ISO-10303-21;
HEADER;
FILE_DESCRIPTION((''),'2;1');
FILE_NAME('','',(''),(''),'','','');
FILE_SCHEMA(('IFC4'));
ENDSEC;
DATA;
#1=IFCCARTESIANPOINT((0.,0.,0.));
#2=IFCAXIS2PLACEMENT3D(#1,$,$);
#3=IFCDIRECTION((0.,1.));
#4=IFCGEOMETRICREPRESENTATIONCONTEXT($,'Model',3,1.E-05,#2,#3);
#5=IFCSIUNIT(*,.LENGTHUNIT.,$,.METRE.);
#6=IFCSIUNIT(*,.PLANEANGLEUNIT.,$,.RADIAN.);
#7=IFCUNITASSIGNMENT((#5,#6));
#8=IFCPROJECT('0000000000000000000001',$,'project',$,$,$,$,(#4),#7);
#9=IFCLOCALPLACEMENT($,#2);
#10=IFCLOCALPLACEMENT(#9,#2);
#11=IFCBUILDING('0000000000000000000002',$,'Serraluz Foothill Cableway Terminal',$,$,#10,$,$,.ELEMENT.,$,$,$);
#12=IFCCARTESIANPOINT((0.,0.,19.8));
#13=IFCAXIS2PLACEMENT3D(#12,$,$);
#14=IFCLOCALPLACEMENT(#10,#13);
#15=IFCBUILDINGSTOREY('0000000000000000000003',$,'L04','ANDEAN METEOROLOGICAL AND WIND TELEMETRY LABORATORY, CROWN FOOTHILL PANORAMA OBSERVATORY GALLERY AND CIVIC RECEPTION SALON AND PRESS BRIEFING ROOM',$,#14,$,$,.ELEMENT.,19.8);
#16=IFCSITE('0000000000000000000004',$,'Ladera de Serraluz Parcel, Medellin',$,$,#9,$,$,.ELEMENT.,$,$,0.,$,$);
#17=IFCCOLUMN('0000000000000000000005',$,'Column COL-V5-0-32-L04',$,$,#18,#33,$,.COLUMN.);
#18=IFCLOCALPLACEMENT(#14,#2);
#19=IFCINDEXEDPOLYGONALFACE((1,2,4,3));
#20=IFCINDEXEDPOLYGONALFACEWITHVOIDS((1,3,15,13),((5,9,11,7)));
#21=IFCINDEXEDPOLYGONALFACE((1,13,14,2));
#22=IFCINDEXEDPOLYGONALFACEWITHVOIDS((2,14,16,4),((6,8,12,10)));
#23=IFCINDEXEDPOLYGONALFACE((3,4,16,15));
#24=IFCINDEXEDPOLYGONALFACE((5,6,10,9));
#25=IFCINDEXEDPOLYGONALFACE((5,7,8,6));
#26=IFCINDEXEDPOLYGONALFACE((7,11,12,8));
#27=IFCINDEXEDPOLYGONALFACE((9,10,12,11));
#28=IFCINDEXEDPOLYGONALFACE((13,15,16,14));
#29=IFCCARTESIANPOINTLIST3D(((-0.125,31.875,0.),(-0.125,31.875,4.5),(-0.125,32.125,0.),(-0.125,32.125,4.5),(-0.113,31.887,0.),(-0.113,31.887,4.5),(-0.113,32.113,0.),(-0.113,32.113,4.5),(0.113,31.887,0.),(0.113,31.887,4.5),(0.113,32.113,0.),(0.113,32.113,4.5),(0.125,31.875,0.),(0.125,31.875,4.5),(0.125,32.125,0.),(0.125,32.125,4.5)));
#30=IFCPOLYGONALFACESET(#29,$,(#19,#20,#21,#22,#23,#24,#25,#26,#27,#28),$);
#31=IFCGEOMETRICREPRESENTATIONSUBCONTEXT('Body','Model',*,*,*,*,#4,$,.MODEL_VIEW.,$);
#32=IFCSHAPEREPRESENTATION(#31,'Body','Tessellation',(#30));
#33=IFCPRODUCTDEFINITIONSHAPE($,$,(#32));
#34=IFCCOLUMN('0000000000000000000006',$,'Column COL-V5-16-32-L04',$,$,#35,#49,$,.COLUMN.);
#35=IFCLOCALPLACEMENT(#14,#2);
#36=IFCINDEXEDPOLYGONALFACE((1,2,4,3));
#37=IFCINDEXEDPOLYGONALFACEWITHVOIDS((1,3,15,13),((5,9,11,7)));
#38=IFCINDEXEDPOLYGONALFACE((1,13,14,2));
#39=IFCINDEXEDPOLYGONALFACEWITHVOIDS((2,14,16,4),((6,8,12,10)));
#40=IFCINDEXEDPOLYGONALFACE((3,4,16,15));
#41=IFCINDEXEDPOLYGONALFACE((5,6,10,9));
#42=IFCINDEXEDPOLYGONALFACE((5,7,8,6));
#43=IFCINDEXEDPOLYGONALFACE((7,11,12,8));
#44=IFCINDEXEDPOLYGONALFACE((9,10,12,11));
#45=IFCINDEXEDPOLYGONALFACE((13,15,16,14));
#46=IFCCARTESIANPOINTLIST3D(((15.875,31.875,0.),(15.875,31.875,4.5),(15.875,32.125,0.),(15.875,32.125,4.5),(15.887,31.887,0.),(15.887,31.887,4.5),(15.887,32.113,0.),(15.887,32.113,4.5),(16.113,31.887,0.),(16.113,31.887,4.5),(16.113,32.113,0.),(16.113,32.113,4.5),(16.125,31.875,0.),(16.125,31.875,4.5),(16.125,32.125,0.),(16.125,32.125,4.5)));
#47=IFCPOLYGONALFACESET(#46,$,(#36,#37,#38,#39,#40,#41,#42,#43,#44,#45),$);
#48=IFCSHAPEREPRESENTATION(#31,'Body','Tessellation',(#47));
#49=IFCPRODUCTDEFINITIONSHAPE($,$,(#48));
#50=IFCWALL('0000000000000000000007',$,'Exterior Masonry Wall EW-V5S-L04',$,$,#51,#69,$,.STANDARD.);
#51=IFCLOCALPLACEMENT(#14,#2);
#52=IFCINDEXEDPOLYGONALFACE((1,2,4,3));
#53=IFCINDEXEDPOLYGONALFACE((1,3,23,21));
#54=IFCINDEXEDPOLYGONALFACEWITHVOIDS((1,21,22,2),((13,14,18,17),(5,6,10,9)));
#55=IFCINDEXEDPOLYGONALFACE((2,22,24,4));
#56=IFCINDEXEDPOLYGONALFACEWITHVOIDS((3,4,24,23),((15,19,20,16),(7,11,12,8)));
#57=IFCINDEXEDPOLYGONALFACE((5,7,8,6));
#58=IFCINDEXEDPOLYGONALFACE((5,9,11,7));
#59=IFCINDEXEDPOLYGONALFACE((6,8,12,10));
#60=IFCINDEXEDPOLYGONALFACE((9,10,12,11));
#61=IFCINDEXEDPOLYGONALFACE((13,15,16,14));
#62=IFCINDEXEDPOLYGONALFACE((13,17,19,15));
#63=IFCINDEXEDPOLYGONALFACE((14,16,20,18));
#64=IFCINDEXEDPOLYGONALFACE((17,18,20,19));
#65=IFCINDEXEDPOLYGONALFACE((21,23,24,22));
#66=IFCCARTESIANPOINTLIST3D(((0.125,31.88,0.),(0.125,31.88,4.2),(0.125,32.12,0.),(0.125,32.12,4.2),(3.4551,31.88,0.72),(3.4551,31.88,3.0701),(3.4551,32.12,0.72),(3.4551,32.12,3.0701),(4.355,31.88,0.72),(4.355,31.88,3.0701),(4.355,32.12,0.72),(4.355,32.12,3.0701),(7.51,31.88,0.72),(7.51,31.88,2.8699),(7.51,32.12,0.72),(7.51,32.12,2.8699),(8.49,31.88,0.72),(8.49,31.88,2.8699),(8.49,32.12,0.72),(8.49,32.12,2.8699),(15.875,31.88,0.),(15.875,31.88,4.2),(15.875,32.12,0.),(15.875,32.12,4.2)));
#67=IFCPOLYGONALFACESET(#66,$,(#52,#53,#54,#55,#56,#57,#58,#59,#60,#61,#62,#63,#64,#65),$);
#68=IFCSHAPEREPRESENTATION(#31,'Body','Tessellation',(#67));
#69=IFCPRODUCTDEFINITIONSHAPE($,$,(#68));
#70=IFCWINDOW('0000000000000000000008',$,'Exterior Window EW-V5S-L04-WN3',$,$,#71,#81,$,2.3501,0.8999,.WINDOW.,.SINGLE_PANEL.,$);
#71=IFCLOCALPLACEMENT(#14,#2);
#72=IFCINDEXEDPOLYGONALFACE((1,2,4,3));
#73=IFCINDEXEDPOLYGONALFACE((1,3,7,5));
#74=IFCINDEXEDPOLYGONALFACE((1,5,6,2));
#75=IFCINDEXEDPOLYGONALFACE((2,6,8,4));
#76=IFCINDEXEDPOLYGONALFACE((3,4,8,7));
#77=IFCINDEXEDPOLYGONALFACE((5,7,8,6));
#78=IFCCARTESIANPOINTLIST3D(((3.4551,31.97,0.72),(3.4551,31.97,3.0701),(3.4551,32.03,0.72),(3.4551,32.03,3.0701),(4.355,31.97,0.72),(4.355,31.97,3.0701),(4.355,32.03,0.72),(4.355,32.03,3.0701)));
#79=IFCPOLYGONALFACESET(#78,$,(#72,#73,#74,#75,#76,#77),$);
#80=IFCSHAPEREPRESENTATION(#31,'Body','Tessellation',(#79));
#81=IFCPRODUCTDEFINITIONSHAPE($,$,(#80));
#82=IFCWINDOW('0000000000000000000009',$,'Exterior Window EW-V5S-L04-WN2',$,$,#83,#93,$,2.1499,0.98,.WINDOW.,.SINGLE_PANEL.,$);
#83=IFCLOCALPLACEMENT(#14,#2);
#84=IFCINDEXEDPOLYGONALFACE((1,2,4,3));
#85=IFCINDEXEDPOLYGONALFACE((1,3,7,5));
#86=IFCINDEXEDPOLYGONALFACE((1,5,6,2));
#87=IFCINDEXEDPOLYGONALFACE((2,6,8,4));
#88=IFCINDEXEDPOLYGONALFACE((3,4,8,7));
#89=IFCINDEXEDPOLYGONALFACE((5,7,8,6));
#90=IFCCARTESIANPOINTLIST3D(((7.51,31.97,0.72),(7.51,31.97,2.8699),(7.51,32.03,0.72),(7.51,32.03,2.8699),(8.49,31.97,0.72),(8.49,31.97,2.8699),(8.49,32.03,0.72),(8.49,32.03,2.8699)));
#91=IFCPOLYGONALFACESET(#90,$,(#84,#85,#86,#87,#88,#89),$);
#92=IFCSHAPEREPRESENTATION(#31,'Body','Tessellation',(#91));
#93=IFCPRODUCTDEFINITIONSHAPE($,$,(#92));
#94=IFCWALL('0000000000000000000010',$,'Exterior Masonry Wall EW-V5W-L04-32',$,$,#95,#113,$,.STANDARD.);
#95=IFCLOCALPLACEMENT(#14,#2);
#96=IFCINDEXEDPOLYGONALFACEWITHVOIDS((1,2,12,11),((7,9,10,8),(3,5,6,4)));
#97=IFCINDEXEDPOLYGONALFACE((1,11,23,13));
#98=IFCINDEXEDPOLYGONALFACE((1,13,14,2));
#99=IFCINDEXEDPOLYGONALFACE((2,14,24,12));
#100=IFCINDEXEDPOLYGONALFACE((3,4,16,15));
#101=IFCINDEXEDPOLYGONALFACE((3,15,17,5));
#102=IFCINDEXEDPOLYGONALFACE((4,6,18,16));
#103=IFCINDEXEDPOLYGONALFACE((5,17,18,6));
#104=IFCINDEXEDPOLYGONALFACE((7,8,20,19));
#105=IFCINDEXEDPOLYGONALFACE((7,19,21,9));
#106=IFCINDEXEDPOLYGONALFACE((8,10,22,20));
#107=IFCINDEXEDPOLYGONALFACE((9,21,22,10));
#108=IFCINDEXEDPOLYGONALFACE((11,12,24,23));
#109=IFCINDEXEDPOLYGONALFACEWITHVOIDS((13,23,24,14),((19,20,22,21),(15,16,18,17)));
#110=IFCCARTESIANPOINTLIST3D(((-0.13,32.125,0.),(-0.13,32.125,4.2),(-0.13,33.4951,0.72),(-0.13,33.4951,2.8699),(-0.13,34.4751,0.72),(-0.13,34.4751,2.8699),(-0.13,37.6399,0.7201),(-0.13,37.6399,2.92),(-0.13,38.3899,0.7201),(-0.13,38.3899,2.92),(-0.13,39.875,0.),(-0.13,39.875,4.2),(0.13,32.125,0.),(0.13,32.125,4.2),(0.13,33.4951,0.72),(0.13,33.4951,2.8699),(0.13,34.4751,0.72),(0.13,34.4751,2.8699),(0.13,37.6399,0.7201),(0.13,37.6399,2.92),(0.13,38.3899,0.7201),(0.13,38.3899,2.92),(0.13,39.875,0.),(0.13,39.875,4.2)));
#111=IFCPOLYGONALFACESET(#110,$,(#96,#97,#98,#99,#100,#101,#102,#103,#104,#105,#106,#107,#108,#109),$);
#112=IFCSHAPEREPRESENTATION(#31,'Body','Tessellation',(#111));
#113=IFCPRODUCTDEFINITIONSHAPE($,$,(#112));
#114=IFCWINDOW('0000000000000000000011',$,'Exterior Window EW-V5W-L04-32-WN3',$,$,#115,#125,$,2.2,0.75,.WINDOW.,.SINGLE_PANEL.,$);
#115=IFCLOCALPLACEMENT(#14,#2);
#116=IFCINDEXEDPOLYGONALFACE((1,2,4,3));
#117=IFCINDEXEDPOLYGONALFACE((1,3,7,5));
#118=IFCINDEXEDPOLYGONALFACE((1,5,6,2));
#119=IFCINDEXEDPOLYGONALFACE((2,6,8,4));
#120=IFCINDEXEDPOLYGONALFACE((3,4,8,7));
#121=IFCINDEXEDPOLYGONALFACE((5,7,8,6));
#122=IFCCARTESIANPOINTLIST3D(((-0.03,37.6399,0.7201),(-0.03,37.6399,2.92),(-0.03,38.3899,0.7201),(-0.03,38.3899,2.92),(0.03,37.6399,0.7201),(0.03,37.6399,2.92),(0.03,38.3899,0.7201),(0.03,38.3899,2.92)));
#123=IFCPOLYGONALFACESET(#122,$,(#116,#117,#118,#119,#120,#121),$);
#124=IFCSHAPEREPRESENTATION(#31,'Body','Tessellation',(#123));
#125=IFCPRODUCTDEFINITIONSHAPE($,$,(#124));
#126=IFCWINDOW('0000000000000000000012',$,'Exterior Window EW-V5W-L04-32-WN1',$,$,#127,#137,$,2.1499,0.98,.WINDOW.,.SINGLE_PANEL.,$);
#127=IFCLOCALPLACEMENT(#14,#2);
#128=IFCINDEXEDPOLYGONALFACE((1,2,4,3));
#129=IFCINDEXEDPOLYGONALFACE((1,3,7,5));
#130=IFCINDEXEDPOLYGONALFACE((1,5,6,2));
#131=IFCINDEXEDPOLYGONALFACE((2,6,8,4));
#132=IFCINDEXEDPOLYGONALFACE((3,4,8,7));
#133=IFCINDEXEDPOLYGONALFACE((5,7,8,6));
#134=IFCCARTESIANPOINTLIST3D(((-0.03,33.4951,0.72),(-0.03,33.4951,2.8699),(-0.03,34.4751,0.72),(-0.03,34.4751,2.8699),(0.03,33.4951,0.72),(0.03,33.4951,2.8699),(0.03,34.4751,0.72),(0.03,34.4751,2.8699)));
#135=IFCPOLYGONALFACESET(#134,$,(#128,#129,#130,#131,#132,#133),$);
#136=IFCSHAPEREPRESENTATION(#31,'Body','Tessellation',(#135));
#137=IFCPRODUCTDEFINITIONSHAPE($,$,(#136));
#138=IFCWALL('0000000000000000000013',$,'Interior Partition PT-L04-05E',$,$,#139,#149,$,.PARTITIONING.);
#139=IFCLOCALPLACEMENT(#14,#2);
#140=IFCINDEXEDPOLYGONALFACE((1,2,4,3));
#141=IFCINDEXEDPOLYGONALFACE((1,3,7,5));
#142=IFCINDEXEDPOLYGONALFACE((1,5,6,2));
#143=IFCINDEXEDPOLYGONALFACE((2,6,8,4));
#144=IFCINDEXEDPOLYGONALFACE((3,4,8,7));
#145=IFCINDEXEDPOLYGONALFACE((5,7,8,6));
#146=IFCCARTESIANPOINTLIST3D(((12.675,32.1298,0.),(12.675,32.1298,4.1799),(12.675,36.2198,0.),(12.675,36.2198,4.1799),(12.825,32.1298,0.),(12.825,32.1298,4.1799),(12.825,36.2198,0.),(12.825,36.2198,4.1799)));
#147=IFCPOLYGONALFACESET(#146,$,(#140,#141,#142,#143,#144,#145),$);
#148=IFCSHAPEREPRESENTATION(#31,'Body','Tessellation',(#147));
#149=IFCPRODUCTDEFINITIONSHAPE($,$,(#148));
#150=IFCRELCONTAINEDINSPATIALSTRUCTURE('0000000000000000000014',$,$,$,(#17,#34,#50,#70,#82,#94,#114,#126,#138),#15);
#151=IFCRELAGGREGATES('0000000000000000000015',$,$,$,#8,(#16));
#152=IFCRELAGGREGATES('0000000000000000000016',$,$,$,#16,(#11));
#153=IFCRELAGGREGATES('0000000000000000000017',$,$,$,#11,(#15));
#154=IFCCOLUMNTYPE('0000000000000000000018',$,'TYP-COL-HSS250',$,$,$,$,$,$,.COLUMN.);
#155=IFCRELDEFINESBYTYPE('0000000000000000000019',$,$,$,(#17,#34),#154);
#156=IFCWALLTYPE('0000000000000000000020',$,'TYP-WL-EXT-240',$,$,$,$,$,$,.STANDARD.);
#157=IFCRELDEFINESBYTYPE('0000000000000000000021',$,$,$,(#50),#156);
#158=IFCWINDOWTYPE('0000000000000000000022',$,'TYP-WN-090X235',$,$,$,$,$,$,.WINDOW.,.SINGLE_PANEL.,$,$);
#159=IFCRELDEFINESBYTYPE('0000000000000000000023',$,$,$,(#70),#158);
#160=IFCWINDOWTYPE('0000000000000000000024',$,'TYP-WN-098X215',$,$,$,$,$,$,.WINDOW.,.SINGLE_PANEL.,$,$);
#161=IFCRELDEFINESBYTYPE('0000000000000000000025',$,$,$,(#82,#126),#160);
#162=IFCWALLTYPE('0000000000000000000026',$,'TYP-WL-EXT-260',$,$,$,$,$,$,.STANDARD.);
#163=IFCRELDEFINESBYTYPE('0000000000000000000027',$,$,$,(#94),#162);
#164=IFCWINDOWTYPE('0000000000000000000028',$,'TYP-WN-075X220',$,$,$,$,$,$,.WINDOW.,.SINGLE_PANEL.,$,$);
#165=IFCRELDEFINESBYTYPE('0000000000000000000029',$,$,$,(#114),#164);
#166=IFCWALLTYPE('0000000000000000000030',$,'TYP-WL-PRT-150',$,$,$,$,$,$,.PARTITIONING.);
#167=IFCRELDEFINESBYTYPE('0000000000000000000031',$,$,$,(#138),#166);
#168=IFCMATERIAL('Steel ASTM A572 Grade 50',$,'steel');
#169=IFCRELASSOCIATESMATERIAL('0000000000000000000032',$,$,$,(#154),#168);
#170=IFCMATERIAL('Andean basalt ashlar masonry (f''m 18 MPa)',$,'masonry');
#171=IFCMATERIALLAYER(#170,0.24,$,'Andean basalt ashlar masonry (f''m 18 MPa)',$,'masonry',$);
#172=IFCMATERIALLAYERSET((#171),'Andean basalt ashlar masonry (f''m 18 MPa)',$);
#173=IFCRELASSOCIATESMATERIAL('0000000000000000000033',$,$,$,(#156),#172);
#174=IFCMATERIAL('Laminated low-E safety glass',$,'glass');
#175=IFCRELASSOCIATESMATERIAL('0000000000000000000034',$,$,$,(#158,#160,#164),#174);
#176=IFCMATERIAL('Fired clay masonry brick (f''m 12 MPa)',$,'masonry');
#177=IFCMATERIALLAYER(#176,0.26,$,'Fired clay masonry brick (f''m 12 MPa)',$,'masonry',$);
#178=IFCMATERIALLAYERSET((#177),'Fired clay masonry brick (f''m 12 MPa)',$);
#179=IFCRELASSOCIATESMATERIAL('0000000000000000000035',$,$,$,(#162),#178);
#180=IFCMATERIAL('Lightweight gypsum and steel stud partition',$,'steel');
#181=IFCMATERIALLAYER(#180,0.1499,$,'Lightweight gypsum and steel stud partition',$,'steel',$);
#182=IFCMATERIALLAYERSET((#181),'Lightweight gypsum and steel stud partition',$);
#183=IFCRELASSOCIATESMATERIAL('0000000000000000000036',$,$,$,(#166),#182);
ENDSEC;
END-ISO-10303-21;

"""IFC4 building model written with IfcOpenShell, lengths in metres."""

from ifc_helpers import new_model, si_unit, direction, frame, frame_2d, origin, origin_2d, place, context, subcontext, project, spatial, rectangle, hollow_rectangle, extrude, material, layer, layer_set, material_profile, profile_set, type_object, element, fill, save


model = new_model("IFC4")

# Units and contexts
model_context = context("Model", 3, precision=1e-05, world=origin(), true_north=direction((0.0, 1.0)))
body_context = subcontext(model_context, "Body", "Model", "MODEL_VIEW")
ifc_project = project(units=[si_unit("LENGTHUNIT", "METRE"), si_unit("PLANEANGLEUNIT", "RADIAN")], contexts=[model_context])

# Site, building, storey
site_placement = place(None, origin())
site = spatial("IfcSite", under=ifc_project, at=site_placement, Name="Ladera de Serraluz Parcel, Medellin", CompositionType="ELEMENT", RefElevation=0.0)
building_placement = place(site_placement, origin())
building = spatial("IfcBuilding", under=site, at=building_placement, Name="Serraluz Foothill Cableway Terminal", CompositionType="ELEMENT")
storey_placement = place(building_placement, frame((0.0, 0.0, 19.8)))
storey = spatial("IfcBuildingStorey", under=building, at=storey_placement, Name="L04", Description="ANDEAN METEOROLOGICAL AND WIND TELEMETRY LABORATORY, CROWN FOOTHILL PANORAMA OBSERVATORY GALLERY AND CIVIC RECEPTION SALON AND PRESS BRIEFING ROOM", CompositionType="ELEMENT", Elevation=19.8)

# Columns
ifc_material_1 = material(Name="Steel ASTM A572 Grade 50", Category="steel")
ifc_material_profile = material_profile(ifc_material_1, hollow_rectangle(XDim=0.25, YDim=0.25, WallThickness=0.012, at=origin_2d()), Name="HSS250X250X12")
ifc_profile_set = profile_set([ifc_material_profile], Name="Steel ASTM A572 Grade 50")
column_type = type_object("IfcColumnType", Name="TYP-COL-HSS250", PredefinedType="COLUMN", material=ifc_profile_set)
for number, where, z_axis, x_axis, name in (
    (1, (0.0, 32.0, 0.0), (0.0, 0.0, 1.0), (1.0, 0.0, 0.0), "Column COL-V5-0-32-L04"),
    (2, (16.0, 32.0, 0.0), (0.0, 0.0, 1.0), (1.0, 0.0, 0.0), "Column COL-V5-16-32-L04"),
):
    element("IfcColumn", number, at=place(storey_placement, frame(where, z_axis=z_axis, x_axis=x_axis)), inside=storey, type_object=column_type, Name=name, PredefinedType="COLUMN", context=body_context, shape_type="SweptSolid", body=[
        extrude(hollow_rectangle(XDim=0.25, YDim=0.25, WallThickness=0.012, at=origin_2d()), origin(), (0.0, 0.0, 1.0), 4.5),
    ])

# Walls, openings, windows
ifc_material_2 = material(Name="Andean basalt ashlar masonry (f'm 18 MPa)", Category="masonry")
ifc_layer_1 = layer(ifc_material_2, 0.24, Name="Andean basalt ashlar masonry (f'm 18 MPa)", Category="masonry")
ifc_layer_set_1 = layer_set([ifc_layer_1], Name="Andean basalt ashlar masonry (f'm 18 MPa)")
wall_type_1 = type_object("IfcWallType", Name="TYP-WL-EXT-240", PredefinedType="STANDARD", material=ifc_layer_set_1)
wall_1_placement = place(storey_placement, frame((15.875, 32.0, 0.0), z_axis=(0.0, 0.0, 1.0), x_axis=(-1.0, 0.0, 0.0)))
wall_1 = element("IfcWall", 3, at=wall_1_placement, inside=storey, type_object=wall_type_1, Name="Exterior Masonry Wall EW-V5S-L04", PredefinedType="STANDARD", context=body_context, shape_type="SweptSolid", body=[
    extrude(rectangle(XDim=15.75, YDim=0.24, at=frame_2d((7.875, 0.0))), origin(), (0.0, 0.0, 1.0), 4.2),
])
opening_1_placement = place(wall_1_placement, frame((7.385, 0.0, 0.72)))
opening_1 = element("IfcOpeningElement", 4, at=opening_1_placement, cuts=wall_1, PredefinedType="OPENING", context=body_context, shape_type="SweptSolid", body=[
    extrude(rectangle(XDim=0.98, YDim=2.1499, at=frame_2d((0.49, 1.075))), frame((0.0, 0.1299, 0.0), z_axis=(0.0, -1.0, 0.0), x_axis=(1.0, 0.0, 0.0)), (0.0, 0.0, 1.0), 0.26),
])
opening_2_placement = place(wall_1_placement, frame((11.52, 0.0, 0.72)))
opening_2 = element("IfcOpeningElement", 5, at=opening_2_placement, cuts=wall_1, PredefinedType="OPENING", context=body_context, shape_type="SweptSolid", body=[
    extrude(rectangle(XDim=0.8999, YDim=2.3501, at=frame_2d((0.45, 1.175))), frame((0.0, 0.1299, 0.0), z_axis=(0.0, -1.0, 0.0), x_axis=(1.0, 0.0, 0.0)), (0.0, 0.0, 1.0), 0.26),
])
ifc_material_3 = material(Name="Laminated low-E safety glass", Category="glass")
window_type_1 = type_object("IfcWindowType", Name="TYP-WN-090X235", PartitioningType="SINGLE_PANEL", PredefinedType="WINDOW", material=ifc_material_3)
window_1_placement = place(opening_2_placement, origin())
window_1 = element("IfcWindow", 6, at=window_1_placement, inside=storey, type_object=window_type_1, Name="Exterior Window EW-V5S-L04-WN3", OverallHeight=2.3501, OverallWidth=0.8999, PartitioningType="SINGLE_PANEL", PredefinedType="WINDOW", context=body_context, shape_type="SweptSolid", body=[
    extrude(rectangle(XDim=0.8999, YDim=2.3501, at=frame_2d((0.45, 1.175))), frame((0.0, 0.03, 0.0), z_axis=(0.0, -1.0, 0.0), x_axis=(1.0, 0.0, 0.0)), (0.0, 0.0, 1.0), 0.0601),
])
fill(opening_2, window_1)
window_type_2 = type_object("IfcWindowType", Name="TYP-WN-098X215", PartitioningType="SINGLE_PANEL", PredefinedType="WINDOW", material=ifc_material_3)
window_2_placement = place(opening_1_placement, origin())
window_2 = element("IfcWindow", 7, at=window_2_placement, inside=storey, type_object=window_type_2, Name="Exterior Window EW-V5S-L04-WN2", OverallHeight=2.1499, OverallWidth=0.98, PartitioningType="SINGLE_PANEL", PredefinedType="WINDOW", context=body_context, shape_type="SweptSolid", body=[
    extrude(rectangle(XDim=0.98, YDim=2.1499, at=frame_2d((0.49, 1.075))), frame((0.0, 0.03, 0.0), z_axis=(0.0, -1.0, 0.0), x_axis=(1.0, 0.0, 0.0)), (0.0, 0.0, 1.0), 0.0601),
])
fill(opening_1, window_2)
ifc_material_4 = material(Name="Fired clay masonry brick (f'm 12 MPa)", Category="masonry")
ifc_layer_2 = layer(ifc_material_4, 0.26, Name="Fired clay masonry brick (f'm 12 MPa)", Category="masonry")
ifc_layer_set_2 = layer_set([ifc_layer_2], Name="Fired clay masonry brick (f'm 12 MPa)")
wall_type_2 = type_object("IfcWallType", Name="TYP-WL-EXT-260", PredefinedType="STANDARD", material=ifc_layer_set_2)
wall_2_placement = place(storey_placement, frame((0.0, 32.125, 0.0), z_axis=(0.0, 0.0, 1.0), x_axis=(0.0, 1.0, 0.0)))
wall_2 = element("IfcWall", 8, at=wall_2_placement, inside=storey, type_object=wall_type_2, Name="Exterior Masonry Wall EW-V5W-L04-32", PredefinedType="STANDARD", context=body_context, shape_type="SweptSolid", body=[
    extrude(rectangle(XDim=7.75, YDim=0.26, at=frame_2d((3.875, 0.0))), origin(), (0.0, 0.0, 1.0), 4.2),
])
opening_3_placement = place(wall_2_placement, frame((1.3701, 0.0, 0.72)))
opening_3 = element("IfcOpeningElement", 9, at=opening_3_placement, cuts=wall_2, PredefinedType="OPENING", context=body_context, shape_type="SweptSolid", body=[
    extrude(rectangle(XDim=0.98, YDim=2.1499, at=frame_2d((0.49, 1.075))), frame((0.0, 0.1401, 0.0), z_axis=(0.0, -1.0, 0.0), x_axis=(1.0, 0.0, 0.0)), (0.0, 0.0, 1.0), 0.28),
])
opening_4_placement = place(wall_2_placement, frame((5.5149, 0.0, 0.72)))
opening_4 = element("IfcOpeningElement", 10, at=opening_4_placement, cuts=wall_2, PredefinedType="OPENING", context=body_context, shape_type="SweptSolid", body=[
    extrude(rectangle(XDim=0.75, YDim=2.2, at=frame_2d((0.375, 1.1001))), frame((0.0, 0.1401, 0.0), z_axis=(0.0, -1.0, 0.0), x_axis=(1.0, 0.0, 0.0)), (0.0, 0.0, 1.0), 0.28),
])
window_type_3 = type_object("IfcWindowType", Name="TYP-WN-075X220", PartitioningType="SINGLE_PANEL", PredefinedType="WINDOW", material=ifc_material_3)
window_3_placement = place(opening_4_placement, origin())
window_3 = element("IfcWindow", 11, at=window_3_placement, inside=storey, type_object=window_type_3, Name="Exterior Window EW-V5W-L04-32-WN3", OverallHeight=2.2, OverallWidth=0.75, PartitioningType="SINGLE_PANEL", PredefinedType="WINDOW", context=body_context, shape_type="SweptSolid", body=[
    extrude(rectangle(XDim=0.75, YDim=2.2, at=frame_2d((0.375, 1.1001))), frame((0.0, 0.03, 0.0), z_axis=(0.0, -1.0, 0.0), x_axis=(1.0, 0.0, 0.0)), (0.0, 0.0, 1.0), 0.0601),
])
fill(opening_4, window_3)
window_4_placement = place(opening_3_placement, origin())
window_4 = element("IfcWindow", 12, at=window_4_placement, inside=storey, type_object=window_type_2, Name="Exterior Window EW-V5W-L04-32-WN1", OverallHeight=2.1499, OverallWidth=0.98, PartitioningType="SINGLE_PANEL", PredefinedType="WINDOW", context=body_context, shape_type="SweptSolid", body=[
    extrude(rectangle(XDim=0.98, YDim=2.1499, at=frame_2d((0.49, 1.075))), frame((0.0, 0.03, 0.0), z_axis=(0.0, -1.0, 0.0), x_axis=(1.0, 0.0, 0.0)), (0.0, 0.0, 1.0), 0.0601),
])
fill(opening_3, window_4)

# Wall
ifc_material_5 = material(Name="Lightweight gypsum and steel stud partition", Category="steel")
ifc_layer_3 = layer(ifc_material_5, 0.1499, Name="Lightweight gypsum and steel stud partition", Category="steel")
ifc_layer_set_3 = layer_set([ifc_layer_3], Name="Lightweight gypsum and steel stud partition")
wall_type_3 = type_object("IfcWallType", Name="TYP-WL-PRT-150", PredefinedType="PARTITIONING", material=ifc_layer_set_3)
wall_3_placement = place(storey_placement, frame((12.75, 32.1299, 0.0), z_axis=(0.0, 0.0, 1.0), x_axis=(0.0, 1.0, 0.0)))
element("IfcWall", 13, at=wall_3_placement, inside=storey, type_object=wall_type_3, Name="Interior Partition PT-L04-05E", PredefinedType="PARTITIONING", context=body_context, shape_type="SweptSolid", body=[
    extrude(rectangle(XDim=4.0901, YDim=0.1499, at=frame_2d((2.0449, 0.0))), origin(), (0.0, 0.0, 1.0), 4.1799),
])

save(model, "model.ifc")
